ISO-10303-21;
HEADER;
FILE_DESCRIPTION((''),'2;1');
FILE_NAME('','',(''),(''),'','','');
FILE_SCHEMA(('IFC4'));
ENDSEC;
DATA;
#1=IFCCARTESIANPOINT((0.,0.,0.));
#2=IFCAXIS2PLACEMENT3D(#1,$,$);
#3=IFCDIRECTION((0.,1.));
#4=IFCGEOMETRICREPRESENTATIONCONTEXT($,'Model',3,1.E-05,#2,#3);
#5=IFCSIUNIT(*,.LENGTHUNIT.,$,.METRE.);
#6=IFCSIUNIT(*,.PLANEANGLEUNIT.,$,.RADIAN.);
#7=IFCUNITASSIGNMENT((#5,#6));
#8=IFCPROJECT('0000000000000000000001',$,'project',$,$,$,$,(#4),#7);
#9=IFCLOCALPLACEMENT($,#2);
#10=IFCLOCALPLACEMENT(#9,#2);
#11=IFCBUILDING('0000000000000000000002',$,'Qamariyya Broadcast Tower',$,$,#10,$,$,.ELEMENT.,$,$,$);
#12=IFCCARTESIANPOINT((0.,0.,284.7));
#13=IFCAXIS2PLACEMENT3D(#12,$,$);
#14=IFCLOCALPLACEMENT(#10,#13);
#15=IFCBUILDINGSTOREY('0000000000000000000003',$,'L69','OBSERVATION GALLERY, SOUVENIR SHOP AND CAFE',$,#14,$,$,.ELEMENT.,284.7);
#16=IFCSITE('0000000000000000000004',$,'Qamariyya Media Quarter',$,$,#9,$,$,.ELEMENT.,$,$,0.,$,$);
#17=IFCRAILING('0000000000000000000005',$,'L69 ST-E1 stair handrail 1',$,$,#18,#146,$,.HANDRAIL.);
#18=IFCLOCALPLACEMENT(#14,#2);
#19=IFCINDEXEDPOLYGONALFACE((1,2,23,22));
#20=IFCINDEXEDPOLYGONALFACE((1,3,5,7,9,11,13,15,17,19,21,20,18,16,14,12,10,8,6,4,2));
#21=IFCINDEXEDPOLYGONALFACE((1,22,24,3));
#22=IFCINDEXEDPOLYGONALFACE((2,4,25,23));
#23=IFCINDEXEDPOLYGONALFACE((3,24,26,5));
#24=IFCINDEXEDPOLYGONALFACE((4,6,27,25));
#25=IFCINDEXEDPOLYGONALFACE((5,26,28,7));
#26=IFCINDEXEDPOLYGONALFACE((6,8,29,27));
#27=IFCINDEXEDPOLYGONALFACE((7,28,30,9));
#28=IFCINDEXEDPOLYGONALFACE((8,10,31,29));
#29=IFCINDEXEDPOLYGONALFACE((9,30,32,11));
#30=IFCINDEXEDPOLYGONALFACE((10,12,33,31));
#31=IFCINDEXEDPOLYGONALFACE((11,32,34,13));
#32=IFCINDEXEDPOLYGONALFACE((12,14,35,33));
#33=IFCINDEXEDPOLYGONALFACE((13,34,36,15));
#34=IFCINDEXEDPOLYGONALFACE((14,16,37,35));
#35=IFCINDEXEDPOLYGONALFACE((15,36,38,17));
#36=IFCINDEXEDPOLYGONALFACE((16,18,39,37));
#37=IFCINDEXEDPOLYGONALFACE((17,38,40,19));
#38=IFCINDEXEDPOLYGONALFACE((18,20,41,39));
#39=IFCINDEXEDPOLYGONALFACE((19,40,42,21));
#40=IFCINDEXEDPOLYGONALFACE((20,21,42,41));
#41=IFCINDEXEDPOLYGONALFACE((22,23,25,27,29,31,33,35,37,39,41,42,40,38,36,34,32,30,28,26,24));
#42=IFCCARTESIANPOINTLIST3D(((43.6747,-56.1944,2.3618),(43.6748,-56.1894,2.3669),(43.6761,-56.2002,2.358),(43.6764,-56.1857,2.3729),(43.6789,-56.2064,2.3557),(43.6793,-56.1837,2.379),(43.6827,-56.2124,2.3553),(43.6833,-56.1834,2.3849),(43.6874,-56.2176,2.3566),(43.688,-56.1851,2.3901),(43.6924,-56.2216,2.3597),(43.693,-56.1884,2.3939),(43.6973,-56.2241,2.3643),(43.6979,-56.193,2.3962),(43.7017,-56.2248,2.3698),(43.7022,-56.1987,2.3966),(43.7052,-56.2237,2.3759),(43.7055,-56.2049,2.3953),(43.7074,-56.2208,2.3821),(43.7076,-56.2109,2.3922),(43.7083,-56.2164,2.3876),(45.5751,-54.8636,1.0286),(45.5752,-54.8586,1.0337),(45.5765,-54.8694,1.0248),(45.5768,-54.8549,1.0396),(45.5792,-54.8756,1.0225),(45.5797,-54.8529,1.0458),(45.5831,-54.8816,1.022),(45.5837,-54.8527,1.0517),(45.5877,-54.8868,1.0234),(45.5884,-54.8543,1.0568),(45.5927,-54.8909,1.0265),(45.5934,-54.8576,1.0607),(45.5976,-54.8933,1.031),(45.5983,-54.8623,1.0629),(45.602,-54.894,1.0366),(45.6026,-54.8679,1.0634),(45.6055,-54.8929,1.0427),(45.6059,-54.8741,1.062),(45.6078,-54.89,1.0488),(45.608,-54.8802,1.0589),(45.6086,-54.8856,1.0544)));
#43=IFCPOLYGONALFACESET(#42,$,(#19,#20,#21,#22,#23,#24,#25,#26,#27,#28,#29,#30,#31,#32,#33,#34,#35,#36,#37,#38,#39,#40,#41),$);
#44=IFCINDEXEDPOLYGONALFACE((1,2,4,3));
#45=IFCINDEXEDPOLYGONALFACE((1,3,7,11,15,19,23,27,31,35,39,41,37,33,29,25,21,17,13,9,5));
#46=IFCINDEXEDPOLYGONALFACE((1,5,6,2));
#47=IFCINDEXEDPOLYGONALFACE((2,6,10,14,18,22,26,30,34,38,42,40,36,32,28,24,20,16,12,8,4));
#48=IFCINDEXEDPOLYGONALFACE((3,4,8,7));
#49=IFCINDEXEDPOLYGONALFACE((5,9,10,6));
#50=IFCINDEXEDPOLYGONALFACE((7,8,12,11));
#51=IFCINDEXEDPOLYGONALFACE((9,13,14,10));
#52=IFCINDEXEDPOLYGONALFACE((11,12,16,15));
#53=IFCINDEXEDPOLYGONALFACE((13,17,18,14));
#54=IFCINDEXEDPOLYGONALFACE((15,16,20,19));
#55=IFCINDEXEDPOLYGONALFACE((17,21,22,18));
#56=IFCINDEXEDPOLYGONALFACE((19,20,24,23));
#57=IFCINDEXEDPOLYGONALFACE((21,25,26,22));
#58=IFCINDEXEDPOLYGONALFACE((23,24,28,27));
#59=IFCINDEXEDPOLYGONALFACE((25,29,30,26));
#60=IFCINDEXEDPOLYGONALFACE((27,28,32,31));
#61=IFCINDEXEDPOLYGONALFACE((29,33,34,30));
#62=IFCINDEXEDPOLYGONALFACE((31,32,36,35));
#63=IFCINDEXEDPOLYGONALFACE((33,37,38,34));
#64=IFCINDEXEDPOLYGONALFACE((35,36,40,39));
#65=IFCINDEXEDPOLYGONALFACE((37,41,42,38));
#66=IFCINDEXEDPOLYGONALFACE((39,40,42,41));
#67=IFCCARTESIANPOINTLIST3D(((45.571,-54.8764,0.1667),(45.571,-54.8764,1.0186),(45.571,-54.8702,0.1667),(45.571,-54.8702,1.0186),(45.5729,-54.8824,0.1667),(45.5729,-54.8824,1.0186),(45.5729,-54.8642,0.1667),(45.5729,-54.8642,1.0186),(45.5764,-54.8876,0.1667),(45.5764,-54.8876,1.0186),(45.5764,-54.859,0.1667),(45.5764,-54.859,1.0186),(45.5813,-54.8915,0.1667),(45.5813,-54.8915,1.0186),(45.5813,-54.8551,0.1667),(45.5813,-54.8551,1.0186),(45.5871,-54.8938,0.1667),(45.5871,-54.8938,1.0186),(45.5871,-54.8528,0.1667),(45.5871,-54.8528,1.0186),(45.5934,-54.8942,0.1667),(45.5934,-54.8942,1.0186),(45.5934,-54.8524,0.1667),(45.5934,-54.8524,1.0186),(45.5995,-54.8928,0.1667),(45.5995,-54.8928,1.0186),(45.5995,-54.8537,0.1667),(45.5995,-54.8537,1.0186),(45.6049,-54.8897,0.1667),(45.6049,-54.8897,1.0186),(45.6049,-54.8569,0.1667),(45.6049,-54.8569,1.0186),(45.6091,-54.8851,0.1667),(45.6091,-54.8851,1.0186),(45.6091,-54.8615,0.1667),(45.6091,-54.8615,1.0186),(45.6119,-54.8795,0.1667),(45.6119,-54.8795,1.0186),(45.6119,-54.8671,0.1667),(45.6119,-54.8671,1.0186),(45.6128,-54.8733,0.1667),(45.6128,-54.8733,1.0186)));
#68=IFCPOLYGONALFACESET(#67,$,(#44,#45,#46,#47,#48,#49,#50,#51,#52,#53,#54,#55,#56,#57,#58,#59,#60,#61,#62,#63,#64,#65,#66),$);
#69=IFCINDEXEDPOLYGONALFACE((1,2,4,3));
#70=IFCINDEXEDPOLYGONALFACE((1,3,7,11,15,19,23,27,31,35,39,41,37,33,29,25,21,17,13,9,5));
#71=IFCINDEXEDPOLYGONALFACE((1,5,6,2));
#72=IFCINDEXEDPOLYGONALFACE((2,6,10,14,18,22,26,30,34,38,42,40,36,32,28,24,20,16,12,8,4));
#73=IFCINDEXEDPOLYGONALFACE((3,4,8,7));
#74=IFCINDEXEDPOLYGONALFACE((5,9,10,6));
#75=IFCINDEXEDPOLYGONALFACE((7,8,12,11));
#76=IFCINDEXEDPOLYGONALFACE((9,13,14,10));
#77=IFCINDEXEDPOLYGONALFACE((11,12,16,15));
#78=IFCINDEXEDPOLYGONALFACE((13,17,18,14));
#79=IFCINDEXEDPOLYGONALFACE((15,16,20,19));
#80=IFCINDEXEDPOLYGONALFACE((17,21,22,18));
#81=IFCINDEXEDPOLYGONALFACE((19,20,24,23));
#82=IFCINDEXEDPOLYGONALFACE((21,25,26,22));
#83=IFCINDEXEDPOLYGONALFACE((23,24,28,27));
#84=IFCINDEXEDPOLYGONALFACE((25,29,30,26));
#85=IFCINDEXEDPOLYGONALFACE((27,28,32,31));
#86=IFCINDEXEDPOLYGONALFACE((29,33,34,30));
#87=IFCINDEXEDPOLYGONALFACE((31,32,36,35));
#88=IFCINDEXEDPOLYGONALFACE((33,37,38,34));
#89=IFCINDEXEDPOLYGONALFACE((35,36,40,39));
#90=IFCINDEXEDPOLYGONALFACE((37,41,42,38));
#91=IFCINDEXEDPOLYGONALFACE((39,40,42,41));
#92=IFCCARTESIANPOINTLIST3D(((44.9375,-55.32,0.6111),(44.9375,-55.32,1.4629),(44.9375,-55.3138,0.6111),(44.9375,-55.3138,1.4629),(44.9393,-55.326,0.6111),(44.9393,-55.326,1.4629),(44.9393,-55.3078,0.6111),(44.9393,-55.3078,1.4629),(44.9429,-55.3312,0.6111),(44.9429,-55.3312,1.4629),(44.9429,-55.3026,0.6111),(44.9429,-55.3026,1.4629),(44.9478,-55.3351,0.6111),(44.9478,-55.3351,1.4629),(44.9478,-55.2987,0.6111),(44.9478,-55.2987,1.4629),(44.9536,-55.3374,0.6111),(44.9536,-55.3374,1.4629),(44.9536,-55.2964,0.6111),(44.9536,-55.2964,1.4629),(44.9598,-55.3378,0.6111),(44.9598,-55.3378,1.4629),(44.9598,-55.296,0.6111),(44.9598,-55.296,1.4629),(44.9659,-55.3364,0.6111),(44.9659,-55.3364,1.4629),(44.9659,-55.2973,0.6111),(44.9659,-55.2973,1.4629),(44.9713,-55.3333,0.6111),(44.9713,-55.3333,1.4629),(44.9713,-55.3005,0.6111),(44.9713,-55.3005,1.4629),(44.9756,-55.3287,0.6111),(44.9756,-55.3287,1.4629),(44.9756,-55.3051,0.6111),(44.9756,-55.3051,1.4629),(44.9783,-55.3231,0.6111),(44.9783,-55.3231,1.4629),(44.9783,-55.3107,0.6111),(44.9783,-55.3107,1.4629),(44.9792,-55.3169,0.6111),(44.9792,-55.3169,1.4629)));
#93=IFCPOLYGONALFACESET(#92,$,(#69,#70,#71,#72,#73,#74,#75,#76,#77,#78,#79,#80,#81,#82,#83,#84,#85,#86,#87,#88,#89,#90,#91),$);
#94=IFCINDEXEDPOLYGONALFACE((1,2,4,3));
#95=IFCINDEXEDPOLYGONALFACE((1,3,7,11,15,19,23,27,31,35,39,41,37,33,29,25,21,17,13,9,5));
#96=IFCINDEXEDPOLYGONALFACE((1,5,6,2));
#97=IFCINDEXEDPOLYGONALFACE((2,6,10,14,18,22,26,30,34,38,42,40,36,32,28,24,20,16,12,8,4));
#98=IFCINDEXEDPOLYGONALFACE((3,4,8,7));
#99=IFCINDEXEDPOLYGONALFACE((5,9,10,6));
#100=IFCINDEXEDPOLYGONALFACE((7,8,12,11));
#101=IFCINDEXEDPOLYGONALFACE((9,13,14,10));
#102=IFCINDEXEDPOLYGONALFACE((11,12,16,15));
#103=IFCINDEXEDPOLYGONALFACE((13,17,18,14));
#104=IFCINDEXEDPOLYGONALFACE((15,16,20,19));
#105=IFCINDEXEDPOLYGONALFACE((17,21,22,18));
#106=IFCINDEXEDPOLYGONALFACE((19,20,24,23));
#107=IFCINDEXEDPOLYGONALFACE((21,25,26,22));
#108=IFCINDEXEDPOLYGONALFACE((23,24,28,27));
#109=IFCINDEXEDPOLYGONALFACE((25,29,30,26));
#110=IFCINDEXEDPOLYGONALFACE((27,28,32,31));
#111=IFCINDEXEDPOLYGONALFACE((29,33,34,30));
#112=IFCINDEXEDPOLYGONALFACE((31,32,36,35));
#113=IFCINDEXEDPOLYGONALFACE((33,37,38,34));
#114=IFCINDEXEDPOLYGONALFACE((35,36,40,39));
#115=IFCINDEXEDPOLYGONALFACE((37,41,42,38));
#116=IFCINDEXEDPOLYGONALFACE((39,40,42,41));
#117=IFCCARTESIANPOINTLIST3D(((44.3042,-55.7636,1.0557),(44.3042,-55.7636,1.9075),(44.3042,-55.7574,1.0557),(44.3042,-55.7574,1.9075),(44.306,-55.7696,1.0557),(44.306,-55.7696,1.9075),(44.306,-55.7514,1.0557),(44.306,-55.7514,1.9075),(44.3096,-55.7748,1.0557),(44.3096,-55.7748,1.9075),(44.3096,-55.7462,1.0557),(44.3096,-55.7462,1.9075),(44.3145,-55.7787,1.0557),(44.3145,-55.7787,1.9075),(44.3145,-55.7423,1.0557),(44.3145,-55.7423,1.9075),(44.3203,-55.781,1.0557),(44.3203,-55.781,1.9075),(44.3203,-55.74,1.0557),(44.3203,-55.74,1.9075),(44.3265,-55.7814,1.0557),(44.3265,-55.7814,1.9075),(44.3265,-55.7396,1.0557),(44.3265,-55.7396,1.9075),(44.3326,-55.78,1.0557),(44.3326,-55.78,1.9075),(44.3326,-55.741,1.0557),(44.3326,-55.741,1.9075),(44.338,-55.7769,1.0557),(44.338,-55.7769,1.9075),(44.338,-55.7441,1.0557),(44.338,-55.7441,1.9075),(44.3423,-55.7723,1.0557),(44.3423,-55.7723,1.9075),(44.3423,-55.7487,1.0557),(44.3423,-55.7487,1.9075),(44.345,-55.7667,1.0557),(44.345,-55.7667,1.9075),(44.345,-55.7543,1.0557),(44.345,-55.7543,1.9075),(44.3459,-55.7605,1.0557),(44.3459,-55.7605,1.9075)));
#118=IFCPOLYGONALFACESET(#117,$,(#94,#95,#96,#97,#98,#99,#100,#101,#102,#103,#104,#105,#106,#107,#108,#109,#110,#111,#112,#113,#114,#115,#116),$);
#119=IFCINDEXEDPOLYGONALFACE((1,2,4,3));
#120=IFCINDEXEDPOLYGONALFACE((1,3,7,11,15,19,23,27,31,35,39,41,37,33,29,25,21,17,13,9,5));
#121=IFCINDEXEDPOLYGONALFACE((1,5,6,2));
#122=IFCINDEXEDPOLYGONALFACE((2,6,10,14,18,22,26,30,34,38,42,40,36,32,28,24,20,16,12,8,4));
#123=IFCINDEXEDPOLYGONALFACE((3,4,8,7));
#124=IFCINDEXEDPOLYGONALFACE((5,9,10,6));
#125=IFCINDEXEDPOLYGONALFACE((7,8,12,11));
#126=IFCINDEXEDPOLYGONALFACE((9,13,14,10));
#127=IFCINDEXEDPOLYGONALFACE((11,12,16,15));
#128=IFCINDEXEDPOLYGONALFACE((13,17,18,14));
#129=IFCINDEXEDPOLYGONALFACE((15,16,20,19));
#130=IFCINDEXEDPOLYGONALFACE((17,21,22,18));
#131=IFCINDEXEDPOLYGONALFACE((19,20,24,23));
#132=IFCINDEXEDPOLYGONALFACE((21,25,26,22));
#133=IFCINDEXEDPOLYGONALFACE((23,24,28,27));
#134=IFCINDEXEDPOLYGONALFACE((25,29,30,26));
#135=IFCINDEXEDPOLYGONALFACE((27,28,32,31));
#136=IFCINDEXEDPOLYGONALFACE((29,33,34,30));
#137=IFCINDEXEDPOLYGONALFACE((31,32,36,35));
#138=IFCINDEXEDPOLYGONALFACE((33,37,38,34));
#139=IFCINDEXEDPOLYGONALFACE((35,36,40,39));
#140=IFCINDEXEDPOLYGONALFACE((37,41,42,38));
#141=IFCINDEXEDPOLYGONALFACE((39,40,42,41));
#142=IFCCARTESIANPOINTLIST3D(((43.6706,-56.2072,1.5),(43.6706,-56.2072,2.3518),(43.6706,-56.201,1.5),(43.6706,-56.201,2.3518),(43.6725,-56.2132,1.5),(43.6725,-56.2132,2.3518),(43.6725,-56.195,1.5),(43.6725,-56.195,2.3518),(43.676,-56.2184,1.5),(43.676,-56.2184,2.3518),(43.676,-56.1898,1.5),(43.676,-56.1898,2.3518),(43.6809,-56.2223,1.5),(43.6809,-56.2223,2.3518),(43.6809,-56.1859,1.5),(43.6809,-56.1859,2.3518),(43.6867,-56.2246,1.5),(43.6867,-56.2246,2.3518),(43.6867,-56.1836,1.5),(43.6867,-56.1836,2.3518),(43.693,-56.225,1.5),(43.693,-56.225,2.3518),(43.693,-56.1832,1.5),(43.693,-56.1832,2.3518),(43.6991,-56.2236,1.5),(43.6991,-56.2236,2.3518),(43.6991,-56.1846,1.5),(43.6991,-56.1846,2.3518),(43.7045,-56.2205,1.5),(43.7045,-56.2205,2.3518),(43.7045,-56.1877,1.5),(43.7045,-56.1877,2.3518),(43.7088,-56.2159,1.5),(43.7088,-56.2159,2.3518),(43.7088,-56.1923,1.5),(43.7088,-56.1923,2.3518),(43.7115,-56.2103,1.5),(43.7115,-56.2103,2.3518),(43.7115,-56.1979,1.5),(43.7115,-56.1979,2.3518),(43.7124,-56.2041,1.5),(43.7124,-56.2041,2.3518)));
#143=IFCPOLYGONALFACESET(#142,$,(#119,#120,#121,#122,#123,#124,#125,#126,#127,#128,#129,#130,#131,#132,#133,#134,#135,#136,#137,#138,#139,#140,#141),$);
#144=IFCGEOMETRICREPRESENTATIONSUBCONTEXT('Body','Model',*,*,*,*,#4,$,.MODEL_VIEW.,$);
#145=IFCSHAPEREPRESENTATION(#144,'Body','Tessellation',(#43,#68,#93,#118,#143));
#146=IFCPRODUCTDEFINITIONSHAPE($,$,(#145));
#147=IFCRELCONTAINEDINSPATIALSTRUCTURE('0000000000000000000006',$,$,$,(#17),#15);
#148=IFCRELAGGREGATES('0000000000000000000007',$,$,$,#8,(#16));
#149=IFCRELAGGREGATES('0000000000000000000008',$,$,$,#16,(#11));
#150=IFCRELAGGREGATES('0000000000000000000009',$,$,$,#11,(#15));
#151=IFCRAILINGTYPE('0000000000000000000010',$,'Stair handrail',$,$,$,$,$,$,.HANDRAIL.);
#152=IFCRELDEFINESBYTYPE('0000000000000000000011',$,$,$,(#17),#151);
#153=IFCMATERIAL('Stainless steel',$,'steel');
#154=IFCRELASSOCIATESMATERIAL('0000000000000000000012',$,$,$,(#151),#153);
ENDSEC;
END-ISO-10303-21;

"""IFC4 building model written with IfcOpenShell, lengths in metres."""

from ifc_helpers import new_model, si_unit, direction, frame, origin, origin_2d, place, context, subcontext, project, spatial, circle, extrude, material, type_object, element, save


model = new_model("IFC4")

# Units and contexts
model_context = context("Model", 3, precision=1e-05, world=origin(), true_north=direction((0.0, 1.0)))
body_context = subcontext(model_context, "Body", "Model", "MODEL_VIEW")
ifc_project = project(units=[si_unit("LENGTHUNIT", "METRE"), si_unit("PLANEANGLEUNIT", "RADIAN")], contexts=[model_context])

# Site, building, storey
site_placement = place(None, origin())
site = spatial("IfcSite", under=ifc_project, at=site_placement, Name="Qamariyya Media Quarter", CompositionType="ELEMENT", RefElevation=0.0)
building_placement = place(site_placement, origin())
building = spatial("IfcBuilding", under=site, at=building_placement, Name="Qamariyya Broadcast Tower", CompositionType="ELEMENT")
storey_placement = place(building_placement, frame((0.0, 0.0, 284.7)))
storey = spatial("IfcBuildingStorey", under=building, at=storey_placement, Name="L69", Description="OBSERVATION GALLERY, SOUVENIR SHOP AND CAFE", CompositionType="ELEMENT", Elevation=284.7)

# Railing
ifc_material_1 = material(Name="Stainless steel", Category="steel")
railing_type_1 = type_object("IfcRailingType", Name="Stair handrail", PredefinedType="HANDRAIL", material=ifc_material_1)
for number, where, name in (
    (1, (45.5918, -54.8733, 0.1667), "L69 ST-E1 stair handrail 1"),
):
    element("IfcRailing", number, at=place(storey_placement, frame(where)), inside=storey, type_object=railing_type_1, Name=name, PredefinedType="HANDRAIL", context=body_context, shape_type="SweptSolid", body=[
        extrude(circle(Radius=0.0239, at=origin_2d()), frame((0.0, 0.0, 0.876), z_axis=(-0.710204, -0.497344, 0.498256), x_axis=(0.573618, -0.819123, 0.0)), (0.0, 0.0, 1.0), 2.6758),
        extrude(circle(Radius=0.021, at=origin_2d()), origin(), (0.0, 0.0, 1.0), 0.8518),
        extrude(circle(Radius=0.021, at=origin_2d()), frame((-0.6335, -0.4436, 0.4443)), (0.0, 0.0, 1.0), 0.8518),
        extrude(circle(Radius=0.021, at=origin_2d()), frame((-1.2668, -0.8872, 0.8889)), (0.0, 0.0, 1.0), 0.8518),
        extrude(circle(Radius=0.021, at=origin_2d()), frame((-1.9004, -1.3308, 1.3333)), (0.0, 0.0, 1.0), 0.8518),
    ])

save(model, "model.ifc")
